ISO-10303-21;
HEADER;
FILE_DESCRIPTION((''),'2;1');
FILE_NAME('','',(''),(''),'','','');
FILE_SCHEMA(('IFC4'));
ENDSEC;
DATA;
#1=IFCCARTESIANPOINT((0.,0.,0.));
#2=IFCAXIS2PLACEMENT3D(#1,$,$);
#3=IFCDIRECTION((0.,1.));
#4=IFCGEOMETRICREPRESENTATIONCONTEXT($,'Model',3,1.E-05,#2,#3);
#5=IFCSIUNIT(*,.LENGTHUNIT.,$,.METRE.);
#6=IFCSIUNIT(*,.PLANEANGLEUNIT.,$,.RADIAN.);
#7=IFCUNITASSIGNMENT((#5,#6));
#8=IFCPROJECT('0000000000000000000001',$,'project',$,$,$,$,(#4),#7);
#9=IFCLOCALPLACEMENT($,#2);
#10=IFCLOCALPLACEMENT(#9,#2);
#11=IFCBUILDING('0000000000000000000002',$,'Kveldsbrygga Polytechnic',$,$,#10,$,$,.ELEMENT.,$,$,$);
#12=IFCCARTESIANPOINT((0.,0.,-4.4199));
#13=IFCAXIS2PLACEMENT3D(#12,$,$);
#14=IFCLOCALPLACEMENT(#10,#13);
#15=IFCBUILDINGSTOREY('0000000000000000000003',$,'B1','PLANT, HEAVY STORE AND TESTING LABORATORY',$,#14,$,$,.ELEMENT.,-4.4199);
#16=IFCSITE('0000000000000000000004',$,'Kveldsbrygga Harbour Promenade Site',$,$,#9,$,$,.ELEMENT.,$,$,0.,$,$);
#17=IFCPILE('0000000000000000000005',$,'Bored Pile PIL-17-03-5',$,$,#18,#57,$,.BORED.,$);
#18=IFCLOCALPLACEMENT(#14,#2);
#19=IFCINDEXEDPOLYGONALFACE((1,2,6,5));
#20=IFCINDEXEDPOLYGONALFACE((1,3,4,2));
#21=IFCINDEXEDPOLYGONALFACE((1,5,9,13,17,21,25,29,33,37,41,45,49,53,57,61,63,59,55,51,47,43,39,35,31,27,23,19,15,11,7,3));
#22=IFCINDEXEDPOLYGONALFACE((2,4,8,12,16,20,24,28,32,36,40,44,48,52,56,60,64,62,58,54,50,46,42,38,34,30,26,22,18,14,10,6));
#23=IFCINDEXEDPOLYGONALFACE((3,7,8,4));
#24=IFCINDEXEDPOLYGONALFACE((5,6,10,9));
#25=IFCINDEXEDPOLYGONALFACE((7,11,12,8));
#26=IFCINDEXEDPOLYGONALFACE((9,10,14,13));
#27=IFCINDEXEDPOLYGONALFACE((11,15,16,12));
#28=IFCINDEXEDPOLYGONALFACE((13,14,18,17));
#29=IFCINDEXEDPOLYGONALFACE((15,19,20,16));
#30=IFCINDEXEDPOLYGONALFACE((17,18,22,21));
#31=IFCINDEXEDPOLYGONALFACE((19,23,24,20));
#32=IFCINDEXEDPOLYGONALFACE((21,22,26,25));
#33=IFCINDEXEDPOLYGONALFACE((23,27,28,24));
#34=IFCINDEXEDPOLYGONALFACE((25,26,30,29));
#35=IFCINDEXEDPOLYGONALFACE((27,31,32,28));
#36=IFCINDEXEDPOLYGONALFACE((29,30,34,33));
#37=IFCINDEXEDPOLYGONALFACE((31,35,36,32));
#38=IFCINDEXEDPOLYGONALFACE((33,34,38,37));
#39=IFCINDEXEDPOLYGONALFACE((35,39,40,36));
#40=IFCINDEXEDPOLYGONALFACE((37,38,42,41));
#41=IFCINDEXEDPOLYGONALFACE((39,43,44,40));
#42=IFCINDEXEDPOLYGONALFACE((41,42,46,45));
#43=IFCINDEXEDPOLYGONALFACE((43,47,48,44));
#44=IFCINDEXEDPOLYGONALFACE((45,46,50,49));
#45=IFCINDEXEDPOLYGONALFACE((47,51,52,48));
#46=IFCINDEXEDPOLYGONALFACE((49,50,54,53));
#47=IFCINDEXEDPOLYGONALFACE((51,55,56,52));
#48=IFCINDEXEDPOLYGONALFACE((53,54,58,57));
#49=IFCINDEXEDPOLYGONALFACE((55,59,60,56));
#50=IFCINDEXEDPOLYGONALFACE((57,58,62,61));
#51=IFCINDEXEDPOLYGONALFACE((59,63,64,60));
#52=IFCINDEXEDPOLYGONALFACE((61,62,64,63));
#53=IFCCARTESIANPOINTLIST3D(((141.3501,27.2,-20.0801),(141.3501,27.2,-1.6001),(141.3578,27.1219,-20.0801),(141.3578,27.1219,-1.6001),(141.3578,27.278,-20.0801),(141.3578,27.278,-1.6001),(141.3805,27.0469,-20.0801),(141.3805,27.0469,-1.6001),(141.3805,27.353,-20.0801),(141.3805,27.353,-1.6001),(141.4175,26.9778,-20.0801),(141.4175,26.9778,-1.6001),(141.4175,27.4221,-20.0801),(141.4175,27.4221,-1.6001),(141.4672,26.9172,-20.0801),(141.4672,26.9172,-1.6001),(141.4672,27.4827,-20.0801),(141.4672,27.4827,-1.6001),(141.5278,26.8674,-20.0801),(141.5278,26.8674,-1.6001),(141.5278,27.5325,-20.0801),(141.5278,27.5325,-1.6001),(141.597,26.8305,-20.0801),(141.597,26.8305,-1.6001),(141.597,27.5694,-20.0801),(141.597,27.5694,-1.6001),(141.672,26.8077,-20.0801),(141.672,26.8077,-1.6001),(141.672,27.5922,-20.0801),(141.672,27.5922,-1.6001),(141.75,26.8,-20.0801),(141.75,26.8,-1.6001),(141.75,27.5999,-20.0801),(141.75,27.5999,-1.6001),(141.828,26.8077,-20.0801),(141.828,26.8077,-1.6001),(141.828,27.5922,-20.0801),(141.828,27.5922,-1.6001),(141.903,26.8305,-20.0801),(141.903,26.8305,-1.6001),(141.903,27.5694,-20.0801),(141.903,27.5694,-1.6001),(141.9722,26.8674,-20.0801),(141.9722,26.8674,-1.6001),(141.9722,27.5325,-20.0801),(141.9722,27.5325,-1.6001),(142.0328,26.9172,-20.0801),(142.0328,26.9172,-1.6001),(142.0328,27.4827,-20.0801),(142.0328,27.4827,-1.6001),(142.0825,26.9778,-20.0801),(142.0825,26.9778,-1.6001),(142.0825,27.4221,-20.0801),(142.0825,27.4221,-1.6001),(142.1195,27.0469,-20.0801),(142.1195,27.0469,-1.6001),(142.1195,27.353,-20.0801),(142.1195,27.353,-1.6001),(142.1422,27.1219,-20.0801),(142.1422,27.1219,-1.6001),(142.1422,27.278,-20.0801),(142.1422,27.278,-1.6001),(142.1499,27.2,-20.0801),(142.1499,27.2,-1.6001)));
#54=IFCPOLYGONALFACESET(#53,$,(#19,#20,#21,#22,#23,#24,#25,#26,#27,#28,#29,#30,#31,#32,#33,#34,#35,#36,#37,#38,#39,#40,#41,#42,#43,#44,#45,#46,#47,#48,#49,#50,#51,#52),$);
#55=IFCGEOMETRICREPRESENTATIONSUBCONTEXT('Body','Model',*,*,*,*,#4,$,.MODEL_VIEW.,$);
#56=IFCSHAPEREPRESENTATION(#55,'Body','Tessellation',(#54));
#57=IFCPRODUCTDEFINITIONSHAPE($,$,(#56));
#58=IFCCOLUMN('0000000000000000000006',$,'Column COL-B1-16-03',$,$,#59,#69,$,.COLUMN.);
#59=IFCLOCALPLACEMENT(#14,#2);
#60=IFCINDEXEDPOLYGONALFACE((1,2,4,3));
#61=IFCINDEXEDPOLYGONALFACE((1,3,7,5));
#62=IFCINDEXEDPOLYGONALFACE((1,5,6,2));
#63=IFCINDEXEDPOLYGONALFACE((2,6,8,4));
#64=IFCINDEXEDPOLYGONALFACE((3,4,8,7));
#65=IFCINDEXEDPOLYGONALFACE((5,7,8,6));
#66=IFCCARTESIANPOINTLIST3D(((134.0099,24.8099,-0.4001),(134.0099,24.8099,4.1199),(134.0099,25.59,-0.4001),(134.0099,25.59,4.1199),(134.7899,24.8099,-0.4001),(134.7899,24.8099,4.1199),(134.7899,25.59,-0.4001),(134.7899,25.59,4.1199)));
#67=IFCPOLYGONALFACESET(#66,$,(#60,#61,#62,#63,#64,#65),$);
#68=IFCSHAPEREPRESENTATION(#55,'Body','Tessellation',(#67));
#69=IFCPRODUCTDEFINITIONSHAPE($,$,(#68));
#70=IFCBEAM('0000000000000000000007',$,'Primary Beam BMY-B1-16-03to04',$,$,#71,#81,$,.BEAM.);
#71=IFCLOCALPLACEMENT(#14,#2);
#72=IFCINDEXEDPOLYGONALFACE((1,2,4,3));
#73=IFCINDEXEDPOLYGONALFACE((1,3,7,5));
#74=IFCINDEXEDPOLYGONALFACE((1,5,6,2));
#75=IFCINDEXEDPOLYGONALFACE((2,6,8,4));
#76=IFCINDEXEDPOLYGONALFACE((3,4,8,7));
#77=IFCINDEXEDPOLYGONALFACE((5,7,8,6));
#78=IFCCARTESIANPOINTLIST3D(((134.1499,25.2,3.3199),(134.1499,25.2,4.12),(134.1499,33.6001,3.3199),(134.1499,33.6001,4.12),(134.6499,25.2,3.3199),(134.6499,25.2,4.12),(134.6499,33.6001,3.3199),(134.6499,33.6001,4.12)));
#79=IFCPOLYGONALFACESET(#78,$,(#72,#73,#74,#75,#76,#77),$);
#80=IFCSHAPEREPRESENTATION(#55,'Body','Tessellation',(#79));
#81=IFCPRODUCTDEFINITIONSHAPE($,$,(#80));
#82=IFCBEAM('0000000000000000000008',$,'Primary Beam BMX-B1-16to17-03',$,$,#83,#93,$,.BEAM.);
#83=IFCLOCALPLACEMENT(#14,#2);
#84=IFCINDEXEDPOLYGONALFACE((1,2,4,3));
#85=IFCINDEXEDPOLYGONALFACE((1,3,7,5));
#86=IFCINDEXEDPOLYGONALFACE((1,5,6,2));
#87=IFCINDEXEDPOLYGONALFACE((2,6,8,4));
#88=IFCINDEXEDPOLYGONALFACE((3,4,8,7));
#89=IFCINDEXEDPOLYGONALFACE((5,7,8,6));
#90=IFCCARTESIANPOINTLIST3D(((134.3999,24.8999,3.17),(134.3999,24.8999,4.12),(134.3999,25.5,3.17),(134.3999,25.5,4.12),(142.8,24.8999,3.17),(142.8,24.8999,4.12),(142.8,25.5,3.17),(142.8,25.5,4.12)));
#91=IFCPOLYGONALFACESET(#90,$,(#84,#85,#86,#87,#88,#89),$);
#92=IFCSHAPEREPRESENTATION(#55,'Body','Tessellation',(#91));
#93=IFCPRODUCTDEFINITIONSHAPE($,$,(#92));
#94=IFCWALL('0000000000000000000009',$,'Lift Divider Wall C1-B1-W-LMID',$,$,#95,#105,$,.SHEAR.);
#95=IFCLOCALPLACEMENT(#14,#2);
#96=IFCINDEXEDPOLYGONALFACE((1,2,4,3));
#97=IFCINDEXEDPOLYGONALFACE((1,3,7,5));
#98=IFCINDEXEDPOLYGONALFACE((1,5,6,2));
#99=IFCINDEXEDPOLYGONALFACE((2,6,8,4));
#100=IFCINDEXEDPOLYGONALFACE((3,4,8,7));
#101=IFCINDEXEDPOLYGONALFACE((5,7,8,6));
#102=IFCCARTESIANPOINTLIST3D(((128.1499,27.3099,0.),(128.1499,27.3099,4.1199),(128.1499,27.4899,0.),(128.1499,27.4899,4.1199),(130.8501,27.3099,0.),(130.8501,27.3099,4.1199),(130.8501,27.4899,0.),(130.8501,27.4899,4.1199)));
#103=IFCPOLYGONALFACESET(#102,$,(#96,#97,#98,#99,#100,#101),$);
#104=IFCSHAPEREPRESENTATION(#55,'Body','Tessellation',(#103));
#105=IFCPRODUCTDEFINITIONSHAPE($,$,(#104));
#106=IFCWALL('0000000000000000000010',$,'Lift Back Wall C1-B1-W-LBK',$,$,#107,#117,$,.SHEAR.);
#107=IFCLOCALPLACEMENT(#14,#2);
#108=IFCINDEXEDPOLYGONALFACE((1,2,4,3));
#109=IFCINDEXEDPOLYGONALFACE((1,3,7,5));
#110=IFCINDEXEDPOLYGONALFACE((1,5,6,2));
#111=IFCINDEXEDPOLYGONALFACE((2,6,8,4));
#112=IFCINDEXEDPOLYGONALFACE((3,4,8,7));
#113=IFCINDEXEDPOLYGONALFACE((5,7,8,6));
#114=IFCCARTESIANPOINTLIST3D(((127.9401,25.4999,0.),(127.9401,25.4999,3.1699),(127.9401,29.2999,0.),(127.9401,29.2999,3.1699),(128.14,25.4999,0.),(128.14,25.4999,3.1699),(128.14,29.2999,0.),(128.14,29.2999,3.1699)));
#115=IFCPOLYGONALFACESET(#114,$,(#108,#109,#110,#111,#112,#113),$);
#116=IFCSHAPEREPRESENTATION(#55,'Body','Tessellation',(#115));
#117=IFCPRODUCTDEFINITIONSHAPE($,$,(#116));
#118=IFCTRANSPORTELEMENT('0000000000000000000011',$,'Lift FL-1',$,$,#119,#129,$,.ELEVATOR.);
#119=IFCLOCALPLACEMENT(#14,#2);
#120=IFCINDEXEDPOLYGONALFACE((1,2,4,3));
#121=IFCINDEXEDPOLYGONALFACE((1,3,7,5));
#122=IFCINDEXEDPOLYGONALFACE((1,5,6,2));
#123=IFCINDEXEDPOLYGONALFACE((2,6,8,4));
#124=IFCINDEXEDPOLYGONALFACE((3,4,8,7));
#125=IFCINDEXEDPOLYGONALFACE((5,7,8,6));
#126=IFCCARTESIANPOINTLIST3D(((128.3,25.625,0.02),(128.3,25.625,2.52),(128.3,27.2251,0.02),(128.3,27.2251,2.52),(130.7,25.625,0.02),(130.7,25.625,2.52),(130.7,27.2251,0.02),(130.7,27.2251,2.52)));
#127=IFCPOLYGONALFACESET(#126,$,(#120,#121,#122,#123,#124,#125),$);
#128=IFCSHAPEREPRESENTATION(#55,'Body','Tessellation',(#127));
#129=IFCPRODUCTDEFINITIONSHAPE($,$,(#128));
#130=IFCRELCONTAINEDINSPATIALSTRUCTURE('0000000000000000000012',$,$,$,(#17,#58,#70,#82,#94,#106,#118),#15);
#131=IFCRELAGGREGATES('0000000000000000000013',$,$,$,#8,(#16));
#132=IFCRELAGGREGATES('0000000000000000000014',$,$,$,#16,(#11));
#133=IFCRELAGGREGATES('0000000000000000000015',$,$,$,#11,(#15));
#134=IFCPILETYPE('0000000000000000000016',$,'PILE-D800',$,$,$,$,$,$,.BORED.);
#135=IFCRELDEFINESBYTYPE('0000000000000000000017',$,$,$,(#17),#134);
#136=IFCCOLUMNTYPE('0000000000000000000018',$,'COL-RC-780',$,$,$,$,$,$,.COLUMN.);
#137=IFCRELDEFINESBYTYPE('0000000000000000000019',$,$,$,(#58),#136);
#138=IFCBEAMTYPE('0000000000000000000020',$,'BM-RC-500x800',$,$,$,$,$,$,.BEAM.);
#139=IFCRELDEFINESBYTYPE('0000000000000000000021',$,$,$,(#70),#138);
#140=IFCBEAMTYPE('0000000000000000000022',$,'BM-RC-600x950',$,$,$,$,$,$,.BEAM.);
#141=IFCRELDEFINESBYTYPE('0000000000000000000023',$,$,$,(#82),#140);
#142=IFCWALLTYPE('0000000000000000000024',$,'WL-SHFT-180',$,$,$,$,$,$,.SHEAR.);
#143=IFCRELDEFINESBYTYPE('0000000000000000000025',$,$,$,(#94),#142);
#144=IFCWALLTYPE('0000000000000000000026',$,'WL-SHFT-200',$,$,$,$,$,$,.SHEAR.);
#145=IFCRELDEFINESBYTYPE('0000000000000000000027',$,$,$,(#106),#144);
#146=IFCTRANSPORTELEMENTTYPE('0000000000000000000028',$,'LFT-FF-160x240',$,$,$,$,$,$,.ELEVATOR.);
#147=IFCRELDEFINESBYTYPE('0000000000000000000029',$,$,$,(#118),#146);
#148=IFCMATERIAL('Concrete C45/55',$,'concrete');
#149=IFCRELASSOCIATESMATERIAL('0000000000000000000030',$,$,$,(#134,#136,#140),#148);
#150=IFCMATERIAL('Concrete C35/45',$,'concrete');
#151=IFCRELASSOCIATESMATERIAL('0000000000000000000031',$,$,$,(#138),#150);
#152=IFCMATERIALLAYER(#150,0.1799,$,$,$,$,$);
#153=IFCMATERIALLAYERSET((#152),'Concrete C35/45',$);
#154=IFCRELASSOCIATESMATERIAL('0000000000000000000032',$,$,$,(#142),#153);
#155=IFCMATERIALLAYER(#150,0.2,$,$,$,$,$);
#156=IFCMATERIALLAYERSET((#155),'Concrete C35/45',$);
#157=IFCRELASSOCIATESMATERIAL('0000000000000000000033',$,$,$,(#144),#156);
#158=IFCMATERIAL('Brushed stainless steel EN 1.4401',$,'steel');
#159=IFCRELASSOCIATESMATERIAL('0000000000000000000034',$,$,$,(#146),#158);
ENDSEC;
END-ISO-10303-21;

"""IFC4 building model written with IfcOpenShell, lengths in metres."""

from ifc_helpers import new_model, si_unit, direction, frame, frame_2d, origin, origin_2d, place, context, subcontext, project, spatial, rectangle, circle, extrude, material, layer, layer_set, material_profile, profile_set, type_object, element, save


model = new_model("IFC4")

# Units and contexts
model_context = context("Model", 3, precision=1e-05, world=origin(), true_north=direction((0.0, 1.0)))
body_context = subcontext(model_context, "Body", "Model", "MODEL_VIEW")
ifc_project = project(units=[si_unit("LENGTHUNIT", "METRE"), si_unit("PLANEANGLEUNIT", "RADIAN")], contexts=[model_context])

# Site, building, storey
site_placement = place(None, origin())
site = spatial("IfcSite", under=ifc_project, at=site_placement, Name="Kveldsbrygga Harbour Promenade Site", CompositionType="ELEMENT", RefElevation=0.0)
building_placement = place(site_placement, origin())
building = spatial("IfcBuilding", under=site, at=building_placement, Name="Kveldsbrygga Polytechnic", CompositionType="ELEMENT")
storey_placement = place(building_placement, frame((0.0, 0.0, -4.4199)))
storey = spatial("IfcBuildingStorey", under=building, at=storey_placement, Name="B1", Description="PLANT, HEAVY STORE AND TESTING LABORATORY", CompositionType="ELEMENT", Elevation=-4.4199)

# Shared definitions
ifc_material_1 = material(Name="Concrete C45/55", Category="concrete")

# Pile
ifc_material_profile_1 = material_profile(ifc_material_1, circle(Radius=0.3999, at=origin_2d()), Name="PILE D800")
ifc_profile_set_1 = profile_set([ifc_material_profile_1], Name="Concrete C45/55")
pile_type = type_object("IfcPileType", Name="PILE-D800", PredefinedType="BORED", material=ifc_profile_set_1)
for number, where, z_axis, x_axis, name in (
    (1, (141.75, 27.2, -1.6001), (0.0, 0.0, -1.0), (1.0, 0.0, 0.0), "Bored Pile PIL-17-03-5"),
):
    element("IfcPile", number, at=place(storey_placement, frame(where, z_axis=z_axis, x_axis=x_axis)), inside=storey, type_object=pile_type, Name=name, PredefinedType="BORED", context=body_context, shape_type="SweptSolid", body=[
        extrude(circle(Radius=0.3999, at=origin_2d()), origin(), (0.0, 0.0, 1.0), 18.48),
    ])

# Column
ifc_material_profile_2 = material_profile(ifc_material_1, rectangle(XDim=0.78, YDim=0.78, at=origin_2d()), Name="RC 780x780")
ifc_profile_set_2 = profile_set([ifc_material_profile_2], Name="Concrete C45/55")
column_type = type_object("IfcColumnType", Name="COL-RC-780", PredefinedType="COLUMN", material=ifc_profile_set_2)
column_placement = place(storey_placement, frame((134.3999, 25.2, -0.4001), z_axis=(0.0, 0.0, 1.0), x_axis=(1.0, 0.0, 0.0)))
element("IfcColumn", 2, at=column_placement, inside=storey, type_object=column_type, Name="Column COL-B1-16-03", PredefinedType="COLUMN", context=body_context, shape_type="SweptSolid", body=[
    extrude(rectangle(XDim=0.78, YDim=0.78, at=origin_2d()), origin(), (0.0, 0.0, 1.0), 4.52),
])

# Beams
ifc_material_2 = material(Name="Concrete C35/45", Category="concrete")
ifc_material_profile_3 = material_profile(ifc_material_2, rectangle(XDim=0.5, YDim=0.8, at=origin_2d()), Name="RC 500x800")
ifc_profile_set_3 = profile_set([ifc_material_profile_3], Name="Concrete C35/45")
beam_type_1 = type_object("IfcBeamType", Name="BM-RC-500x800", PredefinedType="BEAM", material=ifc_profile_set_3)
beam_1_placement = place(storey_placement, frame((134.3999, 25.2, 3.72), z_axis=(0.0, 1.0, 0.0), x_axis=(-1.0, 0.0, 0.0)))
element("IfcBeam", 3, at=beam_1_placement, inside=storey, type_object=beam_type_1, Name="Primary Beam BMY-B1-16-03to04", PredefinedType="BEAM", context=body_context, shape_type="SweptSolid", body=[
    extrude(rectangle(XDim=0.5, YDim=0.8, at=origin_2d()), origin(), (0.0, 0.0, 1.0), 8.4001),
])
ifc_material_profile_4 = material_profile(ifc_material_1, rectangle(XDim=0.6001, YDim=0.95, at=origin_2d()), Name="RC 600x950")
ifc_profile_set_4 = profile_set([ifc_material_profile_4], Name="Concrete C45/55")
beam_type_2 = type_object("IfcBeamType", Name="BM-RC-600x950", PredefinedType="BEAM", material=ifc_profile_set_4)
beam_2_placement = place(storey_placement, frame((134.3999, 25.2, 3.645), z_axis=(1.0, 0.0, 0.0), x_axis=(0.0, 1.0, 0.0)))
element("IfcBeam", 4, at=beam_2_placement, inside=storey, type_object=beam_type_2, Name="Primary Beam BMX-B1-16to17-03", PredefinedType="BEAM", context=body_context, shape_type="SweptSolid", body=[
    extrude(rectangle(XDim=0.6001, YDim=0.95, at=origin_2d()), origin(), (0.0, 0.0, 1.0), 8.4001),
])

# Wall
ifc_layer_1 = layer(ifc_material_2, 0.1799)
ifc_layer_set_1 = layer_set([ifc_layer_1], Name="Concrete C35/45")
wall_type_1 = type_object("IfcWallType", Name="WL-SHFT-180", PredefinedType="SHEAR", material=ifc_layer_set_1)
wall_1_placement = place(storey_placement, frame((128.1499, 27.3999, 0.0), z_axis=(0.0, 0.0, 1.0), x_axis=(1.0, 0.0, 0.0)))
element("IfcWall", 5, at=wall_1_placement, inside=storey, type_object=wall_type_1, Name="Lift Divider Wall C1-B1-W-LMID", PredefinedType="SHEAR", context=body_context, shape_type="SweptSolid", body=[
    extrude(rectangle(XDim=2.7002, YDim=0.1799, at=frame_2d((1.3501, 0.0))), origin(), (0.0, 0.0, 1.0), 4.1199),
])

# Shared definitions
ifc_layer_2 = layer(ifc_material_2, 0.2)
ifc_layer_set_2 = layer_set([ifc_layer_2], Name="Concrete C35/45")
wall_type_2 = type_object("IfcWallType", Name="WL-SHFT-200", PredefinedType="SHEAR", material=ifc_layer_set_2)
ifc_material_3 = material(Name="Brushed stainless steel EN 1.4401", Category="steel")

# Wall
wall_2_placement = place(storey_placement, frame((128.04, 25.5, 0.0), z_axis=(0.0, 0.0, 1.0), x_axis=(0.0, 1.0, 0.0)))
element("IfcWall", 6, at=wall_2_placement, inside=storey, type_object=wall_type_2, Name="Lift Back Wall C1-B1-W-LBK", PredefinedType="SHEAR", context=body_context, shape_type="SweptSolid", body=[
    extrude(rectangle(XDim=3.8, YDim=0.2, at=frame_2d((1.8999, 0.0))), origin(), (0.0, 0.0, 1.0), 3.1699),
])

# Transport element
transport_element_type = type_object("IfcTransportElementType", Name="LFT-FF-160x240", PredefinedType="ELEVATOR", material=ifc_material_3)
transport_element_placement = place(storey_placement, frame((129.5, 26.425, 0.02), z_axis=(0.0, 0.0, 1.0), x_axis=(1.0, 0.0, 0.0)))
element("IfcTransportElement", 7, at=transport_element_placement, inside=storey, type_object=transport_element_type, Name="Lift FL-1", PredefinedType="ELEVATOR", context=body_context, shape_type="SweptSolid", body=[
    extrude(rectangle(XDim=2.3999, YDim=1.6001, at=origin_2d()), origin(), (0.0, 0.0, 1.0), 2.5),
])

save(model, "model.ifc")
